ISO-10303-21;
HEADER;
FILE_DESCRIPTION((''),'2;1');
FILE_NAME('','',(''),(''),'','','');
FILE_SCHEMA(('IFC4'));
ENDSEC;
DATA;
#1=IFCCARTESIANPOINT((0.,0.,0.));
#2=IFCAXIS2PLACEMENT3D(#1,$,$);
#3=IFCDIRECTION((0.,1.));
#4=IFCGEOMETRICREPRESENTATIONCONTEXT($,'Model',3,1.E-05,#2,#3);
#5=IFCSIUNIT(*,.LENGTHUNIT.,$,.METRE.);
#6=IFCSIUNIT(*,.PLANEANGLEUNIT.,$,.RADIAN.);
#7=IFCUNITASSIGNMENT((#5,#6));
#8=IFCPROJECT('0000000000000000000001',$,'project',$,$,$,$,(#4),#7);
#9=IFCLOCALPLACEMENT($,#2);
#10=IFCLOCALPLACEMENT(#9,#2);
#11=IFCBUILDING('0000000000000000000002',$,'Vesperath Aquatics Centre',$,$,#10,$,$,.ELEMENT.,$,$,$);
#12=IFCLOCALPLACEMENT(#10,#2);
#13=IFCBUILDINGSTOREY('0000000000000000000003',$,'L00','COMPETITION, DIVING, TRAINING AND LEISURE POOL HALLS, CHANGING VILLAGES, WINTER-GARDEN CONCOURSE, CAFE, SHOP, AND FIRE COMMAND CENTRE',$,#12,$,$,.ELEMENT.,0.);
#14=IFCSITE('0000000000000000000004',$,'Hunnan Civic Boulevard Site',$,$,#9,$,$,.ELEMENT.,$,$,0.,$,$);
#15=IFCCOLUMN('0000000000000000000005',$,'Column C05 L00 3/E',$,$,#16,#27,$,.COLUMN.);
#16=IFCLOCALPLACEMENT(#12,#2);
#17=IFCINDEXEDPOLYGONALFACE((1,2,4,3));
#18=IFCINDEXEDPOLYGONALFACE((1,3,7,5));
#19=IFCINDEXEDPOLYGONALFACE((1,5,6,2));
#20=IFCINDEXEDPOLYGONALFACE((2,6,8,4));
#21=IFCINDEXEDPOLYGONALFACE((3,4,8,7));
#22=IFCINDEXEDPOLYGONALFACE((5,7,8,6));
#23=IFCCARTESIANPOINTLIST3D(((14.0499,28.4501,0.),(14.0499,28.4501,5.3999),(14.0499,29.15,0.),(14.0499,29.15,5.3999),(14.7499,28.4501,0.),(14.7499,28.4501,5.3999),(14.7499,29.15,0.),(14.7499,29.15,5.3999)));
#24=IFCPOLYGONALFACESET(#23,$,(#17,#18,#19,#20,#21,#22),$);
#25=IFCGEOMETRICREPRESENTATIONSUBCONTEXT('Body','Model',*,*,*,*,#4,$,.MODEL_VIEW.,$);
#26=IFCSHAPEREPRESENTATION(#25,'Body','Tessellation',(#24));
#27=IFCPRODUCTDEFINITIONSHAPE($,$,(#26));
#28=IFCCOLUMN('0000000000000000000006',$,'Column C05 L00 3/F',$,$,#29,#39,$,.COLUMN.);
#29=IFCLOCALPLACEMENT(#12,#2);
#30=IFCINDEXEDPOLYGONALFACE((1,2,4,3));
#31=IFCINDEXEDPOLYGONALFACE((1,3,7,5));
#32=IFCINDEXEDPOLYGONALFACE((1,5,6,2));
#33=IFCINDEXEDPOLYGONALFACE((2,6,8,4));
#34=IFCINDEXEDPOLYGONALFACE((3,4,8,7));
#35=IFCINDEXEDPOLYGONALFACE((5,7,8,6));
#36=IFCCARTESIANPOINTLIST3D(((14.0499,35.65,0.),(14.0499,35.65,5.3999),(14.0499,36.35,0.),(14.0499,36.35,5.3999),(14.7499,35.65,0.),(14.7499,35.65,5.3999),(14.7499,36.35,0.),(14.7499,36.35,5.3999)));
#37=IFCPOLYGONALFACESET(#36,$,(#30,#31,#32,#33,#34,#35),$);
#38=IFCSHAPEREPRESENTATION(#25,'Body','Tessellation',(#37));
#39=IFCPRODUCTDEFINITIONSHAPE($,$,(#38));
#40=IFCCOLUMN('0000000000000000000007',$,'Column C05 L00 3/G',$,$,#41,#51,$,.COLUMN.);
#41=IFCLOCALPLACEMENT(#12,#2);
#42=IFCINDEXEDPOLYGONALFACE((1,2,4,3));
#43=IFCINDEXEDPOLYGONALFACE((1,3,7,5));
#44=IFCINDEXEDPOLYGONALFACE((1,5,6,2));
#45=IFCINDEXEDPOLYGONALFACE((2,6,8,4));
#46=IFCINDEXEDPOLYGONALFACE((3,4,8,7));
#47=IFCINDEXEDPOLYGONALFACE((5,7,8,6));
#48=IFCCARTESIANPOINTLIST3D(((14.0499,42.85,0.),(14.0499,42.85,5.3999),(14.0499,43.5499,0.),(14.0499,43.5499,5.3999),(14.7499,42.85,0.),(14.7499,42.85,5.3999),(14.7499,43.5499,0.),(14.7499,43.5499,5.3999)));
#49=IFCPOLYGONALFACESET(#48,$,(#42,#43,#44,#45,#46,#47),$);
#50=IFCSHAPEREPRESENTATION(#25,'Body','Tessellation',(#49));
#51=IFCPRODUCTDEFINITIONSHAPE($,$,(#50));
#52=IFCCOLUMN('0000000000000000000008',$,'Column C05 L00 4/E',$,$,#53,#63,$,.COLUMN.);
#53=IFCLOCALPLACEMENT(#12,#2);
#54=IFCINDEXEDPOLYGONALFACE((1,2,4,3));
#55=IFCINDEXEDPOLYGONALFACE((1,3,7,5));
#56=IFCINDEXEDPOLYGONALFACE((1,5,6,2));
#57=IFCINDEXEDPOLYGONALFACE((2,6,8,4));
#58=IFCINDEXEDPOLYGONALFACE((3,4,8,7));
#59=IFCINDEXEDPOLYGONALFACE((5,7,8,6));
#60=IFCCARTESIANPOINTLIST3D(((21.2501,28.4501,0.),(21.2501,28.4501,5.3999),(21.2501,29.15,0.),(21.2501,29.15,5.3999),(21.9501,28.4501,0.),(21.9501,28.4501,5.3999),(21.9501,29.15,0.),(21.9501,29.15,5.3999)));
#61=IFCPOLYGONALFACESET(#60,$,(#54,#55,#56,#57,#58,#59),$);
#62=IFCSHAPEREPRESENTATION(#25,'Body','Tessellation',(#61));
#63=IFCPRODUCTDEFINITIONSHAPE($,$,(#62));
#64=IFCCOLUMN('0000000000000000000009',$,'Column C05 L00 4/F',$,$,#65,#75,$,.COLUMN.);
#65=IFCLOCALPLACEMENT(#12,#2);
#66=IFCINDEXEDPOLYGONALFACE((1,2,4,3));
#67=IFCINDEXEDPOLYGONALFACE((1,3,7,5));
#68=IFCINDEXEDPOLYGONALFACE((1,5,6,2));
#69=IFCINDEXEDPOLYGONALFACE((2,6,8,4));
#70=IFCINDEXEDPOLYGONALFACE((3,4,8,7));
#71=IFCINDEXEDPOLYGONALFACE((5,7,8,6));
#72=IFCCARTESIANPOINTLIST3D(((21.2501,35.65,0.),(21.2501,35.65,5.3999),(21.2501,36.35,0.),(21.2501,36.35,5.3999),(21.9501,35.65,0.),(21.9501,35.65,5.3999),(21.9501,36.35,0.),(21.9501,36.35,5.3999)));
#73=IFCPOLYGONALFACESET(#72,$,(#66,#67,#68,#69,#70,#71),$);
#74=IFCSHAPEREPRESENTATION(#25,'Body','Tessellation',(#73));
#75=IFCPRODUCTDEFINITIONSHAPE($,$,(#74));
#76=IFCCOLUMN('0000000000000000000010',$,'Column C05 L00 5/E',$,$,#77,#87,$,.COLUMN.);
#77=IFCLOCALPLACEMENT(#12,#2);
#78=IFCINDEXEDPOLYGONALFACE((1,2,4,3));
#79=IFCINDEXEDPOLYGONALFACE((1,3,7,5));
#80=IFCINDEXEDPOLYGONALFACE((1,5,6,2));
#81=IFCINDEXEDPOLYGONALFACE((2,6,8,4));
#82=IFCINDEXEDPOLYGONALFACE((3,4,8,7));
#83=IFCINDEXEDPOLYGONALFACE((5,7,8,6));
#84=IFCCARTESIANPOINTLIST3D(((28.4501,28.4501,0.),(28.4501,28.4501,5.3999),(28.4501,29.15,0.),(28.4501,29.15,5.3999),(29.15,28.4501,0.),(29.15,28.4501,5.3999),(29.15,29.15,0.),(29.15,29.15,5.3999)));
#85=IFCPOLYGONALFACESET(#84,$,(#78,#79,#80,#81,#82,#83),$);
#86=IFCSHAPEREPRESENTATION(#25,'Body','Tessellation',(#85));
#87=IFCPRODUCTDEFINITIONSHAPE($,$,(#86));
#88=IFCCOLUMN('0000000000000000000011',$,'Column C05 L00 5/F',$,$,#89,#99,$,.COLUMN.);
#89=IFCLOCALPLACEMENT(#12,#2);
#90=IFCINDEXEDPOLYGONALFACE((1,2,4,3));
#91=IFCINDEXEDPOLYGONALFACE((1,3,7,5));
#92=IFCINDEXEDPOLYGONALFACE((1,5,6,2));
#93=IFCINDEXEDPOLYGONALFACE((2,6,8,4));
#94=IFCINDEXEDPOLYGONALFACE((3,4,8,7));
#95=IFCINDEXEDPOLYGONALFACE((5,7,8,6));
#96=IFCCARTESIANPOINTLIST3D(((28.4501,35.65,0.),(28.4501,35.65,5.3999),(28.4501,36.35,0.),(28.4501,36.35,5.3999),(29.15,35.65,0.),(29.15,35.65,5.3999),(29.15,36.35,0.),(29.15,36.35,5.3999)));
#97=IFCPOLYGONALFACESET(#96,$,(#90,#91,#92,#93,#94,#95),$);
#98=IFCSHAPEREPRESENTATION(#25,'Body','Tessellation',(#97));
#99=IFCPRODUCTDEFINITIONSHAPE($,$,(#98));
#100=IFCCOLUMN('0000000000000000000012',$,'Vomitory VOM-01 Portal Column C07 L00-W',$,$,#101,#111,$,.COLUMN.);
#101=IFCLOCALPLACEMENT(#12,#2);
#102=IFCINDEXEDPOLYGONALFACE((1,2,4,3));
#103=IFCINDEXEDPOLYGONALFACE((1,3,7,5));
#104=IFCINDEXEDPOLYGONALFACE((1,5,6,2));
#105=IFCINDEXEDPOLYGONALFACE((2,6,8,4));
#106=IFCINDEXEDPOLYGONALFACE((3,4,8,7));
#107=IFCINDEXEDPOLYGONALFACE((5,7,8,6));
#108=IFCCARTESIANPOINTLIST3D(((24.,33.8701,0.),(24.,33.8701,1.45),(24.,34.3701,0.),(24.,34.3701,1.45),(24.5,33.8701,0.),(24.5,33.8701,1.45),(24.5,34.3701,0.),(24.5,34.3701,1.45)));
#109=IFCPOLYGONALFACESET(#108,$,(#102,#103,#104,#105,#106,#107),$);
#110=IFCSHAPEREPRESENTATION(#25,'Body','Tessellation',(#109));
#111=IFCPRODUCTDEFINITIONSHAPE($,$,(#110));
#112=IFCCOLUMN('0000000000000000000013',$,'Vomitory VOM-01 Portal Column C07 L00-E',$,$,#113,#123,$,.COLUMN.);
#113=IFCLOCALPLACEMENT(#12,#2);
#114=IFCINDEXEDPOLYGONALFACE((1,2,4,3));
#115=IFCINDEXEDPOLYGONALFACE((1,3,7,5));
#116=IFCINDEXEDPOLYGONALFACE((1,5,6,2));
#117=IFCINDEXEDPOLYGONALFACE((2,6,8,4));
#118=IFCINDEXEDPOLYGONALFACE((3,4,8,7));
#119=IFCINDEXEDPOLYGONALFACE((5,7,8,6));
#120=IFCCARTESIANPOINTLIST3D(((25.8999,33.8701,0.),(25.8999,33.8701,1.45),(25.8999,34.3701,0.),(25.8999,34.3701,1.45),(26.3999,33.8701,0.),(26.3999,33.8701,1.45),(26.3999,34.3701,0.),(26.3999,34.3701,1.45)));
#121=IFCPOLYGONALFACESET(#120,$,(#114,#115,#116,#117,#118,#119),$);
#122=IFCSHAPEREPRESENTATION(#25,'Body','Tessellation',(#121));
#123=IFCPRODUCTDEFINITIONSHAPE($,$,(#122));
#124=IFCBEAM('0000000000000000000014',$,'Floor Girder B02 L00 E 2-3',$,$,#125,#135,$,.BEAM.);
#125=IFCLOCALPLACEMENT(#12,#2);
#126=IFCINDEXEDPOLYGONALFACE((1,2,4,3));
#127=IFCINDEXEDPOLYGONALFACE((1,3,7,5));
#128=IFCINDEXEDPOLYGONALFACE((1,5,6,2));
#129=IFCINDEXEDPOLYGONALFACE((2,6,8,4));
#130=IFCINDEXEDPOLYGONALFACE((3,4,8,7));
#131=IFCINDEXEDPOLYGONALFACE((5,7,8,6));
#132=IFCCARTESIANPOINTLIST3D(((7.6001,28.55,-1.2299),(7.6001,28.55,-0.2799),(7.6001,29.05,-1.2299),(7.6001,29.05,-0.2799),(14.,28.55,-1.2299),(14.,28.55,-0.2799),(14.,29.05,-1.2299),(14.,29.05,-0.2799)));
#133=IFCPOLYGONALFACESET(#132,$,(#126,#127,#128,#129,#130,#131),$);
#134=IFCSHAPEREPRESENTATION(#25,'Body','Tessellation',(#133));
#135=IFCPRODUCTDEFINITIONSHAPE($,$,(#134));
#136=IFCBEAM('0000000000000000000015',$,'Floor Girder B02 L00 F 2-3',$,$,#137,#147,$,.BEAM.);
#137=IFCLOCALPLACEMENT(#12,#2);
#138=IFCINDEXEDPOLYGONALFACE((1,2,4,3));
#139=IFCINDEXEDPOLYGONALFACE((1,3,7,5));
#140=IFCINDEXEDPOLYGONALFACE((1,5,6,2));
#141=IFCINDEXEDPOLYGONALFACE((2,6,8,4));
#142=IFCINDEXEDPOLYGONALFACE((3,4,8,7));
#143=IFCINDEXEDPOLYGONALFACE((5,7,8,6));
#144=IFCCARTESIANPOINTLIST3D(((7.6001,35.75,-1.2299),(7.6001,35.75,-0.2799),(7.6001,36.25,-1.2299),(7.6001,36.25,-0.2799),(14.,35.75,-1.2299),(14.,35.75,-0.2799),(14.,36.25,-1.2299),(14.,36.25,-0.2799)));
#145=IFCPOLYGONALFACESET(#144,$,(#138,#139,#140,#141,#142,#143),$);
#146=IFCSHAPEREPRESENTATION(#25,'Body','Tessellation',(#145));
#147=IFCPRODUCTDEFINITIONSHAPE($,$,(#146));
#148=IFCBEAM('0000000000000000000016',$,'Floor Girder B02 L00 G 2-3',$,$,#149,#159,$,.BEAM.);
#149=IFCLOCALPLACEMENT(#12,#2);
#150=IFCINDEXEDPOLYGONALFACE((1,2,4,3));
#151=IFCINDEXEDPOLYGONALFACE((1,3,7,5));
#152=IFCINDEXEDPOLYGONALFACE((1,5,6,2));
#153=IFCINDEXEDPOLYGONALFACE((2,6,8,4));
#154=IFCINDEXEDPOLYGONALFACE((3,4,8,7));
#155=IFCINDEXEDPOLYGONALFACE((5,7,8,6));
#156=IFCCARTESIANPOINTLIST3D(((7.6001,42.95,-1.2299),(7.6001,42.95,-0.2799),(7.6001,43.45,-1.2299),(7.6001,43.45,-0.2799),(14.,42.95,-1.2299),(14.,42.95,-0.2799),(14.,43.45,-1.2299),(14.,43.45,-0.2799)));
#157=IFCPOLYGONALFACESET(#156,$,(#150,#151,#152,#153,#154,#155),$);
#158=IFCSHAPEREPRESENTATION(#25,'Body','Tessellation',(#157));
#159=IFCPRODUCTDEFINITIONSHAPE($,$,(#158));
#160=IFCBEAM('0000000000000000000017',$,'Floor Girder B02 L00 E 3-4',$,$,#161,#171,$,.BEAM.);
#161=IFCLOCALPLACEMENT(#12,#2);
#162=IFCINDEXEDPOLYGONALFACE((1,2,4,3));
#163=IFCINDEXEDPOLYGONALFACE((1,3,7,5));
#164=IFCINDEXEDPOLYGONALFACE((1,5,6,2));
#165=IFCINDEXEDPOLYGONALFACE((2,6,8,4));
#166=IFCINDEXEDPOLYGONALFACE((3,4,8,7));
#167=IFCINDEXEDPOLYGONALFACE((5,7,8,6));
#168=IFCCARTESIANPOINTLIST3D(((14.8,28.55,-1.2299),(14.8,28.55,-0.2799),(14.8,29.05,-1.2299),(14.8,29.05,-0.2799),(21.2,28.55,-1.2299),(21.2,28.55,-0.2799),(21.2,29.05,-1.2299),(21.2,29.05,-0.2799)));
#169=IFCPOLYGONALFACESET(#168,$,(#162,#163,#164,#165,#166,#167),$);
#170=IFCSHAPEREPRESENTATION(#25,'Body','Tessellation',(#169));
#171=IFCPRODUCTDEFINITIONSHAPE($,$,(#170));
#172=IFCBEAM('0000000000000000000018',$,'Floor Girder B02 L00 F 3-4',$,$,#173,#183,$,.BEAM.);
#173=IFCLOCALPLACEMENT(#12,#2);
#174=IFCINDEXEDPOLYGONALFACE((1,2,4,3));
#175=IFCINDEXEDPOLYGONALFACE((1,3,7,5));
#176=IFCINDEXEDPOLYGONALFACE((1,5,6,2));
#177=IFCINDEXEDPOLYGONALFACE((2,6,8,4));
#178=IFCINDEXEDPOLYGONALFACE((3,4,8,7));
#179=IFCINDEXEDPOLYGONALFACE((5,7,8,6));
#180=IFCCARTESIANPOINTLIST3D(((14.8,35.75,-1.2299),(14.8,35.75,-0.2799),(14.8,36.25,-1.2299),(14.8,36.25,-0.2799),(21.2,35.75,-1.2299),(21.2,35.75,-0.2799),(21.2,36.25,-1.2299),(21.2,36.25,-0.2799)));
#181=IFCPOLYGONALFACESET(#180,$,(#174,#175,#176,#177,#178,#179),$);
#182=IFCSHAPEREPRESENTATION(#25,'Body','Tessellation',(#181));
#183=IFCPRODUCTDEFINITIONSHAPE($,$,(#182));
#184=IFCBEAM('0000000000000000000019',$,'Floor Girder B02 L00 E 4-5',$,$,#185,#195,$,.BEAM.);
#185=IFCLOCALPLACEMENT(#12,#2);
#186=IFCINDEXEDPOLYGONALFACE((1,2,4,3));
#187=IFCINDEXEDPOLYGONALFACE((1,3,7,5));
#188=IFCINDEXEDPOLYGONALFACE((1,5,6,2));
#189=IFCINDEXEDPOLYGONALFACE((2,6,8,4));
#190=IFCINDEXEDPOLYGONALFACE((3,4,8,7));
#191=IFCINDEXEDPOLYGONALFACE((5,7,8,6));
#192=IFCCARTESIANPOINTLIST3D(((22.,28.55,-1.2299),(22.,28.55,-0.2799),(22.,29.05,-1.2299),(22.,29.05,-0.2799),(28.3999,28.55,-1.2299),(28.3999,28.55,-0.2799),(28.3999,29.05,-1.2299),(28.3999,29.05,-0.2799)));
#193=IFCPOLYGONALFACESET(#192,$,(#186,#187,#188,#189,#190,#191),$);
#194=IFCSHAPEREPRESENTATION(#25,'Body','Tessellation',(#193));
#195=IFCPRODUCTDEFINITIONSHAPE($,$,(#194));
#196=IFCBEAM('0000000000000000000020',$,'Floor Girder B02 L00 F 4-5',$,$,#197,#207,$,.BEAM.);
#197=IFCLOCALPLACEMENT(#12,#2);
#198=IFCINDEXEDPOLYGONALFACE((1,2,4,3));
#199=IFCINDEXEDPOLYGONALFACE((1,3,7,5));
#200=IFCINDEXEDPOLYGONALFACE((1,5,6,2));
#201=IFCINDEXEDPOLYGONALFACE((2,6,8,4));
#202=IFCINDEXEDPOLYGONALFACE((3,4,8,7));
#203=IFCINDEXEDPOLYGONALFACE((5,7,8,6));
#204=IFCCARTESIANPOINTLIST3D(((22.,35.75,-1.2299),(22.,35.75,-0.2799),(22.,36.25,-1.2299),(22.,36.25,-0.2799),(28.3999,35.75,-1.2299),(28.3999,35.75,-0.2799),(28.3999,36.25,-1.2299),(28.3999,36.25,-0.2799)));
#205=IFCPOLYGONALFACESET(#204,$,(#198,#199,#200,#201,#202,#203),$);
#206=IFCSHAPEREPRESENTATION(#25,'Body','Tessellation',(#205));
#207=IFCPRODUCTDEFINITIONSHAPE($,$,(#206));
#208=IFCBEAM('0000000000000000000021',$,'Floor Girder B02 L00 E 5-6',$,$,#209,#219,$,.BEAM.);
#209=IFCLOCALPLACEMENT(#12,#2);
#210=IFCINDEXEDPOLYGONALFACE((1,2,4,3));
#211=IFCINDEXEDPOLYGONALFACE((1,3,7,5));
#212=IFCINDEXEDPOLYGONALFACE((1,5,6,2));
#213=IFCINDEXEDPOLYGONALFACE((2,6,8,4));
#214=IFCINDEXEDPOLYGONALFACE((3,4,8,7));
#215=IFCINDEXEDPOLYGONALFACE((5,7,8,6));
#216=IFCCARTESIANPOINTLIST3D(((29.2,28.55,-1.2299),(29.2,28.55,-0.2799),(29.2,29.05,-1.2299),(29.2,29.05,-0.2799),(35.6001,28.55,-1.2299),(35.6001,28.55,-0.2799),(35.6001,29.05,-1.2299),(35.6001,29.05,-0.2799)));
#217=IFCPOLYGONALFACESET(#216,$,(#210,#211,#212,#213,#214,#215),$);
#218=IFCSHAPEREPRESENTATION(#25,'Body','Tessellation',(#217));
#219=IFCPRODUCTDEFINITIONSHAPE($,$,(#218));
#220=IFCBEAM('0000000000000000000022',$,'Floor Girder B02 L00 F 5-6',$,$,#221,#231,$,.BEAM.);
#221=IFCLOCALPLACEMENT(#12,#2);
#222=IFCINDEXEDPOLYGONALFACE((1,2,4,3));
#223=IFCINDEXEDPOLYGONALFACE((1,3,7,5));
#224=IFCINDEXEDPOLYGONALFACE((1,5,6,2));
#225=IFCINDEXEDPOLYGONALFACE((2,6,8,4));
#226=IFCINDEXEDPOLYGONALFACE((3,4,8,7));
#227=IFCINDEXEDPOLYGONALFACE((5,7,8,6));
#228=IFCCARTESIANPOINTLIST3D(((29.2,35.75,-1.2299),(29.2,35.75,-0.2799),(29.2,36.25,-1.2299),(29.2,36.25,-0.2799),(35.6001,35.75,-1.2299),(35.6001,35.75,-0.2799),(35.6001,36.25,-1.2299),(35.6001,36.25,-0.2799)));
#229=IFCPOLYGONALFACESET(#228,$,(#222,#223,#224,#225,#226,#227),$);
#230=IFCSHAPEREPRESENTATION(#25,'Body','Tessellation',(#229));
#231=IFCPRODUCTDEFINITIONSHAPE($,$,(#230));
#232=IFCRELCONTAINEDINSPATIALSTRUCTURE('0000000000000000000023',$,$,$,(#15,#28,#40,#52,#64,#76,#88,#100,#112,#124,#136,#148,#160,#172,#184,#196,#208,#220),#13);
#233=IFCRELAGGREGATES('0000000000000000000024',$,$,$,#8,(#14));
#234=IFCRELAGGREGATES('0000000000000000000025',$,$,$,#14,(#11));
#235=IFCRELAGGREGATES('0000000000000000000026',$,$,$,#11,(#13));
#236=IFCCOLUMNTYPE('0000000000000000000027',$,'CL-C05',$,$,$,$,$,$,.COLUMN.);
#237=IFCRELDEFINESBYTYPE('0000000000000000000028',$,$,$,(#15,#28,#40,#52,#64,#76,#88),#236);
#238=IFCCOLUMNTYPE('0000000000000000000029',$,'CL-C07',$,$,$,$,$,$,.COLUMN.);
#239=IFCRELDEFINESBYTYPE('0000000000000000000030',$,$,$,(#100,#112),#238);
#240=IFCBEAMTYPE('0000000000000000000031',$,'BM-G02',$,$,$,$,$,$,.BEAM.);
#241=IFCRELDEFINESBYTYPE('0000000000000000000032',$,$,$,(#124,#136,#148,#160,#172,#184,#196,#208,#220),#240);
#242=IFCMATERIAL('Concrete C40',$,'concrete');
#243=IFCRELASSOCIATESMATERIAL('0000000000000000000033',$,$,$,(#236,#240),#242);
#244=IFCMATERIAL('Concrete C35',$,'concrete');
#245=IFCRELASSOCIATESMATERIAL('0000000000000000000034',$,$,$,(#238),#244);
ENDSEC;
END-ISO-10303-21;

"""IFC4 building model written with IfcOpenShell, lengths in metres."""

from ifc_helpers import new_model, si_unit, direction, frame, origin, origin_2d, place, context, subcontext, project, spatial, rectangle, extrude, material, material_profile, profile_set, type_object, element, save


model = new_model("IFC4")

# Units and contexts
model_context = context("Model", 3, precision=1e-05, world=origin(), true_north=direction((0.0, 1.0)))
body_context = subcontext(model_context, "Body", "Model", "MODEL_VIEW")
ifc_project = project(units=[si_unit("LENGTHUNIT", "METRE"), si_unit("PLANEANGLEUNIT", "RADIAN")], contexts=[model_context])

# Site, building, storey
site_placement = place(None, origin())
site = spatial("IfcSite", under=ifc_project, at=site_placement, Name="Hunnan Civic Boulevard Site", CompositionType="ELEMENT", RefElevation=0.0)
building_placement = place(site_placement, origin())
building = spatial("IfcBuilding", under=site, at=building_placement, Name="Vesperath Aquatics Centre", CompositionType="ELEMENT")
storey_placement = place(building_placement, origin())
storey = spatial("IfcBuildingStorey", under=building, at=storey_placement, Name="L00", Description="COMPETITION, DIVING, TRAINING AND LEISURE POOL HALLS, CHANGING VILLAGES, WINTER-GARDEN CONCOURSE, CAFE, SHOP, AND FIRE COMMAND CENTRE", CompositionType="ELEMENT", Elevation=0.0)

# Columns
ifc_material_1 = material(Name="Concrete C40", Category="concrete")
ifc_material_profile_1 = material_profile(ifc_material_1, rectangle(XDim=0.7, YDim=0.7, at=origin_2d()), Name="RC 700x700")
ifc_profile_set_1 = profile_set([ifc_material_profile_1], Name="Concrete C40")
column_type_1 = type_object("IfcColumnType", Name="CL-C05", PredefinedType="COLUMN", material=ifc_profile_set_1)
for number, where, z_axis, x_axis, name in (
    (1, (14.3999, 28.8, 0.0), (0.0, 0.0, 1.0), (1.0, 0.0, 0.0), "Column C05 L00 3/E"),
    (2, (14.3999, 36.0, 0.0), (0.0, 0.0, 1.0), (1.0, 0.0, 0.0), "Column C05 L00 3/F"),
    (3, (14.3999, 43.2, 0.0), (0.0, 0.0, 1.0), (1.0, 0.0, 0.0), "Column C05 L00 3/G"),
    (4, (21.6001, 28.8, 0.0), (0.0, 0.0, 1.0), (1.0, 0.0, 0.0), "Column C05 L00 4/E"),
    (5, (21.6001, 36.0, 0.0), (0.0, 0.0, 1.0), (1.0, 0.0, 0.0), "Column C05 L00 4/F"),
    (6, (28.8, 28.8, 0.0), (0.0, 0.0, 1.0), (1.0, 0.0, 0.0), "Column C05 L00 5/E"),
    (7, (28.8, 36.0, 0.0), (0.0, 0.0, 1.0), (1.0, 0.0, 0.0), "Column C05 L00 5/F"),
):
    element("IfcColumn", number, at=place(storey_placement, frame(where, z_axis=z_axis, x_axis=x_axis)), inside=storey, type_object=column_type_1, Name=name, PredefinedType="COLUMN", context=body_context, shape_type="SweptSolid", body=[
        extrude(rectangle(XDim=0.7, YDim=0.7, at=origin_2d()), origin(), (0.0, 0.0, 1.0), 5.3999),
    ])
ifc_material_2 = material(Name="Concrete C35", Category="concrete")
ifc_material_profile_2 = material_profile(ifc_material_2, rectangle(XDim=0.5, YDim=0.5, at=origin_2d()), Name="RC 500x500")
ifc_profile_set_2 = profile_set([ifc_material_profile_2], Name="Concrete C35")
column_type_2 = type_object("IfcColumnType", Name="CL-C07", PredefinedType="COLUMN", material=ifc_profile_set_2)
for number, where, z_axis, x_axis, name in (
    (8, (24.25, 34.1201, 0.0), (0.0, 0.0, 1.0), (1.0, 0.0, 0.0), "Vomitory VOM-01 Portal Column C07 L00-W"),
    (9, (26.1499, 34.1201, 0.0), (0.0, 0.0, 1.0), (1.0, 0.0, 0.0), "Vomitory VOM-01 Portal Column C07 L00-E"),
):
    element("IfcColumn", number, at=place(storey_placement, frame(where, z_axis=z_axis, x_axis=x_axis)), inside=storey, type_object=column_type_2, Name=name, PredefinedType="COLUMN", context=body_context, shape_type="SweptSolid", body=[
        extrude(rectangle(XDim=0.5, YDim=0.5, at=origin_2d()), origin(), (0.0, 0.0, 1.0), 1.45),
    ])

# Beams
ifc_material_profile_3 = material_profile(ifc_material_1, rectangle(XDim=0.5, YDim=0.95, at=origin_2d()), Name="RC 500x950")
ifc_profile_set_3 = profile_set([ifc_material_profile_3], Name="Concrete C40")
beam_type_1 = type_object("IfcBeamType", Name="BM-G02", PredefinedType="BEAM", material=ifc_profile_set_3)
for number, where, z_axis, x_axis, name in (
    (10, (7.6001, 28.8, -0.7549), (1.0, 0.0, 0.0), (0.0, 1.0, 0.0), "Floor Girder B02 L00 E 2-3"),
    (11, (7.6001, 36.0, -0.7549), (1.0, 0.0, 0.0), (0.0, 1.0, 0.0), "Floor Girder B02 L00 F 2-3"),
    (12, (7.6001, 43.2, -0.7549), (1.0, 0.0, 0.0), (0.0, 1.0, 0.0), "Floor Girder B02 L00 G 2-3"),
    (13, (14.8, 28.8, -0.7549), (1.0, 0.0, 0.0), (0.0, 1.0, 0.0), "Floor Girder B02 L00 E 3-4"),
    (14, (14.8, 36.0, -0.7549), (1.0, 0.0, 0.0), (0.0, 1.0, 0.0), "Floor Girder B02 L00 F 3-4"),
    (15, (22.0, 28.8, -0.7549), (1.0, 0.0, 0.0), (0.0, 1.0, 0.0), "Floor Girder B02 L00 E 4-5"),
    (16, (22.0, 36.0, -0.7549), (1.0, 0.0, 0.0), (0.0, 1.0, 0.0), "Floor Girder B02 L00 F 4-5"),
):
    element("IfcBeam", number, at=place(storey_placement, frame(where, z_axis=z_axis, x_axis=x_axis)), inside=storey, type_object=beam_type_1, Name=name, PredefinedType="BEAM", context=body_context, shape_type="SweptSolid", body=[
        extrude(rectangle(XDim=0.5, YDim=0.95, at=origin_2d()), origin(), (0.0, 0.0, 1.0), 6.3999),
    ])
for number, where, z_axis, x_axis, name in (
    (17, (29.2, 28.8, -0.7549), (1.0, 0.0, 0.0), (0.0, 1.0, 0.0), "Floor Girder B02 L00 E 5-6"),
    (18, (29.2, 36.0, -0.7549), (1.0, 0.0, 0.0), (0.0, 1.0, 0.0), "Floor Girder B02 L00 F 5-6"),
):
    element("IfcBeam", number, at=place(storey_placement, frame(where, z_axis=z_axis, x_axis=x_axis)), inside=storey, type_object=beam_type_1, Name=name, PredefinedType="BEAM", context=body_context, shape_type="SweptSolid", body=[
        extrude(rectangle(XDim=0.5, YDim=0.95, at=origin_2d()), origin(), (0.0, 0.0, 1.0), 6.4001),
    ])

save(model, "model.ifc")
